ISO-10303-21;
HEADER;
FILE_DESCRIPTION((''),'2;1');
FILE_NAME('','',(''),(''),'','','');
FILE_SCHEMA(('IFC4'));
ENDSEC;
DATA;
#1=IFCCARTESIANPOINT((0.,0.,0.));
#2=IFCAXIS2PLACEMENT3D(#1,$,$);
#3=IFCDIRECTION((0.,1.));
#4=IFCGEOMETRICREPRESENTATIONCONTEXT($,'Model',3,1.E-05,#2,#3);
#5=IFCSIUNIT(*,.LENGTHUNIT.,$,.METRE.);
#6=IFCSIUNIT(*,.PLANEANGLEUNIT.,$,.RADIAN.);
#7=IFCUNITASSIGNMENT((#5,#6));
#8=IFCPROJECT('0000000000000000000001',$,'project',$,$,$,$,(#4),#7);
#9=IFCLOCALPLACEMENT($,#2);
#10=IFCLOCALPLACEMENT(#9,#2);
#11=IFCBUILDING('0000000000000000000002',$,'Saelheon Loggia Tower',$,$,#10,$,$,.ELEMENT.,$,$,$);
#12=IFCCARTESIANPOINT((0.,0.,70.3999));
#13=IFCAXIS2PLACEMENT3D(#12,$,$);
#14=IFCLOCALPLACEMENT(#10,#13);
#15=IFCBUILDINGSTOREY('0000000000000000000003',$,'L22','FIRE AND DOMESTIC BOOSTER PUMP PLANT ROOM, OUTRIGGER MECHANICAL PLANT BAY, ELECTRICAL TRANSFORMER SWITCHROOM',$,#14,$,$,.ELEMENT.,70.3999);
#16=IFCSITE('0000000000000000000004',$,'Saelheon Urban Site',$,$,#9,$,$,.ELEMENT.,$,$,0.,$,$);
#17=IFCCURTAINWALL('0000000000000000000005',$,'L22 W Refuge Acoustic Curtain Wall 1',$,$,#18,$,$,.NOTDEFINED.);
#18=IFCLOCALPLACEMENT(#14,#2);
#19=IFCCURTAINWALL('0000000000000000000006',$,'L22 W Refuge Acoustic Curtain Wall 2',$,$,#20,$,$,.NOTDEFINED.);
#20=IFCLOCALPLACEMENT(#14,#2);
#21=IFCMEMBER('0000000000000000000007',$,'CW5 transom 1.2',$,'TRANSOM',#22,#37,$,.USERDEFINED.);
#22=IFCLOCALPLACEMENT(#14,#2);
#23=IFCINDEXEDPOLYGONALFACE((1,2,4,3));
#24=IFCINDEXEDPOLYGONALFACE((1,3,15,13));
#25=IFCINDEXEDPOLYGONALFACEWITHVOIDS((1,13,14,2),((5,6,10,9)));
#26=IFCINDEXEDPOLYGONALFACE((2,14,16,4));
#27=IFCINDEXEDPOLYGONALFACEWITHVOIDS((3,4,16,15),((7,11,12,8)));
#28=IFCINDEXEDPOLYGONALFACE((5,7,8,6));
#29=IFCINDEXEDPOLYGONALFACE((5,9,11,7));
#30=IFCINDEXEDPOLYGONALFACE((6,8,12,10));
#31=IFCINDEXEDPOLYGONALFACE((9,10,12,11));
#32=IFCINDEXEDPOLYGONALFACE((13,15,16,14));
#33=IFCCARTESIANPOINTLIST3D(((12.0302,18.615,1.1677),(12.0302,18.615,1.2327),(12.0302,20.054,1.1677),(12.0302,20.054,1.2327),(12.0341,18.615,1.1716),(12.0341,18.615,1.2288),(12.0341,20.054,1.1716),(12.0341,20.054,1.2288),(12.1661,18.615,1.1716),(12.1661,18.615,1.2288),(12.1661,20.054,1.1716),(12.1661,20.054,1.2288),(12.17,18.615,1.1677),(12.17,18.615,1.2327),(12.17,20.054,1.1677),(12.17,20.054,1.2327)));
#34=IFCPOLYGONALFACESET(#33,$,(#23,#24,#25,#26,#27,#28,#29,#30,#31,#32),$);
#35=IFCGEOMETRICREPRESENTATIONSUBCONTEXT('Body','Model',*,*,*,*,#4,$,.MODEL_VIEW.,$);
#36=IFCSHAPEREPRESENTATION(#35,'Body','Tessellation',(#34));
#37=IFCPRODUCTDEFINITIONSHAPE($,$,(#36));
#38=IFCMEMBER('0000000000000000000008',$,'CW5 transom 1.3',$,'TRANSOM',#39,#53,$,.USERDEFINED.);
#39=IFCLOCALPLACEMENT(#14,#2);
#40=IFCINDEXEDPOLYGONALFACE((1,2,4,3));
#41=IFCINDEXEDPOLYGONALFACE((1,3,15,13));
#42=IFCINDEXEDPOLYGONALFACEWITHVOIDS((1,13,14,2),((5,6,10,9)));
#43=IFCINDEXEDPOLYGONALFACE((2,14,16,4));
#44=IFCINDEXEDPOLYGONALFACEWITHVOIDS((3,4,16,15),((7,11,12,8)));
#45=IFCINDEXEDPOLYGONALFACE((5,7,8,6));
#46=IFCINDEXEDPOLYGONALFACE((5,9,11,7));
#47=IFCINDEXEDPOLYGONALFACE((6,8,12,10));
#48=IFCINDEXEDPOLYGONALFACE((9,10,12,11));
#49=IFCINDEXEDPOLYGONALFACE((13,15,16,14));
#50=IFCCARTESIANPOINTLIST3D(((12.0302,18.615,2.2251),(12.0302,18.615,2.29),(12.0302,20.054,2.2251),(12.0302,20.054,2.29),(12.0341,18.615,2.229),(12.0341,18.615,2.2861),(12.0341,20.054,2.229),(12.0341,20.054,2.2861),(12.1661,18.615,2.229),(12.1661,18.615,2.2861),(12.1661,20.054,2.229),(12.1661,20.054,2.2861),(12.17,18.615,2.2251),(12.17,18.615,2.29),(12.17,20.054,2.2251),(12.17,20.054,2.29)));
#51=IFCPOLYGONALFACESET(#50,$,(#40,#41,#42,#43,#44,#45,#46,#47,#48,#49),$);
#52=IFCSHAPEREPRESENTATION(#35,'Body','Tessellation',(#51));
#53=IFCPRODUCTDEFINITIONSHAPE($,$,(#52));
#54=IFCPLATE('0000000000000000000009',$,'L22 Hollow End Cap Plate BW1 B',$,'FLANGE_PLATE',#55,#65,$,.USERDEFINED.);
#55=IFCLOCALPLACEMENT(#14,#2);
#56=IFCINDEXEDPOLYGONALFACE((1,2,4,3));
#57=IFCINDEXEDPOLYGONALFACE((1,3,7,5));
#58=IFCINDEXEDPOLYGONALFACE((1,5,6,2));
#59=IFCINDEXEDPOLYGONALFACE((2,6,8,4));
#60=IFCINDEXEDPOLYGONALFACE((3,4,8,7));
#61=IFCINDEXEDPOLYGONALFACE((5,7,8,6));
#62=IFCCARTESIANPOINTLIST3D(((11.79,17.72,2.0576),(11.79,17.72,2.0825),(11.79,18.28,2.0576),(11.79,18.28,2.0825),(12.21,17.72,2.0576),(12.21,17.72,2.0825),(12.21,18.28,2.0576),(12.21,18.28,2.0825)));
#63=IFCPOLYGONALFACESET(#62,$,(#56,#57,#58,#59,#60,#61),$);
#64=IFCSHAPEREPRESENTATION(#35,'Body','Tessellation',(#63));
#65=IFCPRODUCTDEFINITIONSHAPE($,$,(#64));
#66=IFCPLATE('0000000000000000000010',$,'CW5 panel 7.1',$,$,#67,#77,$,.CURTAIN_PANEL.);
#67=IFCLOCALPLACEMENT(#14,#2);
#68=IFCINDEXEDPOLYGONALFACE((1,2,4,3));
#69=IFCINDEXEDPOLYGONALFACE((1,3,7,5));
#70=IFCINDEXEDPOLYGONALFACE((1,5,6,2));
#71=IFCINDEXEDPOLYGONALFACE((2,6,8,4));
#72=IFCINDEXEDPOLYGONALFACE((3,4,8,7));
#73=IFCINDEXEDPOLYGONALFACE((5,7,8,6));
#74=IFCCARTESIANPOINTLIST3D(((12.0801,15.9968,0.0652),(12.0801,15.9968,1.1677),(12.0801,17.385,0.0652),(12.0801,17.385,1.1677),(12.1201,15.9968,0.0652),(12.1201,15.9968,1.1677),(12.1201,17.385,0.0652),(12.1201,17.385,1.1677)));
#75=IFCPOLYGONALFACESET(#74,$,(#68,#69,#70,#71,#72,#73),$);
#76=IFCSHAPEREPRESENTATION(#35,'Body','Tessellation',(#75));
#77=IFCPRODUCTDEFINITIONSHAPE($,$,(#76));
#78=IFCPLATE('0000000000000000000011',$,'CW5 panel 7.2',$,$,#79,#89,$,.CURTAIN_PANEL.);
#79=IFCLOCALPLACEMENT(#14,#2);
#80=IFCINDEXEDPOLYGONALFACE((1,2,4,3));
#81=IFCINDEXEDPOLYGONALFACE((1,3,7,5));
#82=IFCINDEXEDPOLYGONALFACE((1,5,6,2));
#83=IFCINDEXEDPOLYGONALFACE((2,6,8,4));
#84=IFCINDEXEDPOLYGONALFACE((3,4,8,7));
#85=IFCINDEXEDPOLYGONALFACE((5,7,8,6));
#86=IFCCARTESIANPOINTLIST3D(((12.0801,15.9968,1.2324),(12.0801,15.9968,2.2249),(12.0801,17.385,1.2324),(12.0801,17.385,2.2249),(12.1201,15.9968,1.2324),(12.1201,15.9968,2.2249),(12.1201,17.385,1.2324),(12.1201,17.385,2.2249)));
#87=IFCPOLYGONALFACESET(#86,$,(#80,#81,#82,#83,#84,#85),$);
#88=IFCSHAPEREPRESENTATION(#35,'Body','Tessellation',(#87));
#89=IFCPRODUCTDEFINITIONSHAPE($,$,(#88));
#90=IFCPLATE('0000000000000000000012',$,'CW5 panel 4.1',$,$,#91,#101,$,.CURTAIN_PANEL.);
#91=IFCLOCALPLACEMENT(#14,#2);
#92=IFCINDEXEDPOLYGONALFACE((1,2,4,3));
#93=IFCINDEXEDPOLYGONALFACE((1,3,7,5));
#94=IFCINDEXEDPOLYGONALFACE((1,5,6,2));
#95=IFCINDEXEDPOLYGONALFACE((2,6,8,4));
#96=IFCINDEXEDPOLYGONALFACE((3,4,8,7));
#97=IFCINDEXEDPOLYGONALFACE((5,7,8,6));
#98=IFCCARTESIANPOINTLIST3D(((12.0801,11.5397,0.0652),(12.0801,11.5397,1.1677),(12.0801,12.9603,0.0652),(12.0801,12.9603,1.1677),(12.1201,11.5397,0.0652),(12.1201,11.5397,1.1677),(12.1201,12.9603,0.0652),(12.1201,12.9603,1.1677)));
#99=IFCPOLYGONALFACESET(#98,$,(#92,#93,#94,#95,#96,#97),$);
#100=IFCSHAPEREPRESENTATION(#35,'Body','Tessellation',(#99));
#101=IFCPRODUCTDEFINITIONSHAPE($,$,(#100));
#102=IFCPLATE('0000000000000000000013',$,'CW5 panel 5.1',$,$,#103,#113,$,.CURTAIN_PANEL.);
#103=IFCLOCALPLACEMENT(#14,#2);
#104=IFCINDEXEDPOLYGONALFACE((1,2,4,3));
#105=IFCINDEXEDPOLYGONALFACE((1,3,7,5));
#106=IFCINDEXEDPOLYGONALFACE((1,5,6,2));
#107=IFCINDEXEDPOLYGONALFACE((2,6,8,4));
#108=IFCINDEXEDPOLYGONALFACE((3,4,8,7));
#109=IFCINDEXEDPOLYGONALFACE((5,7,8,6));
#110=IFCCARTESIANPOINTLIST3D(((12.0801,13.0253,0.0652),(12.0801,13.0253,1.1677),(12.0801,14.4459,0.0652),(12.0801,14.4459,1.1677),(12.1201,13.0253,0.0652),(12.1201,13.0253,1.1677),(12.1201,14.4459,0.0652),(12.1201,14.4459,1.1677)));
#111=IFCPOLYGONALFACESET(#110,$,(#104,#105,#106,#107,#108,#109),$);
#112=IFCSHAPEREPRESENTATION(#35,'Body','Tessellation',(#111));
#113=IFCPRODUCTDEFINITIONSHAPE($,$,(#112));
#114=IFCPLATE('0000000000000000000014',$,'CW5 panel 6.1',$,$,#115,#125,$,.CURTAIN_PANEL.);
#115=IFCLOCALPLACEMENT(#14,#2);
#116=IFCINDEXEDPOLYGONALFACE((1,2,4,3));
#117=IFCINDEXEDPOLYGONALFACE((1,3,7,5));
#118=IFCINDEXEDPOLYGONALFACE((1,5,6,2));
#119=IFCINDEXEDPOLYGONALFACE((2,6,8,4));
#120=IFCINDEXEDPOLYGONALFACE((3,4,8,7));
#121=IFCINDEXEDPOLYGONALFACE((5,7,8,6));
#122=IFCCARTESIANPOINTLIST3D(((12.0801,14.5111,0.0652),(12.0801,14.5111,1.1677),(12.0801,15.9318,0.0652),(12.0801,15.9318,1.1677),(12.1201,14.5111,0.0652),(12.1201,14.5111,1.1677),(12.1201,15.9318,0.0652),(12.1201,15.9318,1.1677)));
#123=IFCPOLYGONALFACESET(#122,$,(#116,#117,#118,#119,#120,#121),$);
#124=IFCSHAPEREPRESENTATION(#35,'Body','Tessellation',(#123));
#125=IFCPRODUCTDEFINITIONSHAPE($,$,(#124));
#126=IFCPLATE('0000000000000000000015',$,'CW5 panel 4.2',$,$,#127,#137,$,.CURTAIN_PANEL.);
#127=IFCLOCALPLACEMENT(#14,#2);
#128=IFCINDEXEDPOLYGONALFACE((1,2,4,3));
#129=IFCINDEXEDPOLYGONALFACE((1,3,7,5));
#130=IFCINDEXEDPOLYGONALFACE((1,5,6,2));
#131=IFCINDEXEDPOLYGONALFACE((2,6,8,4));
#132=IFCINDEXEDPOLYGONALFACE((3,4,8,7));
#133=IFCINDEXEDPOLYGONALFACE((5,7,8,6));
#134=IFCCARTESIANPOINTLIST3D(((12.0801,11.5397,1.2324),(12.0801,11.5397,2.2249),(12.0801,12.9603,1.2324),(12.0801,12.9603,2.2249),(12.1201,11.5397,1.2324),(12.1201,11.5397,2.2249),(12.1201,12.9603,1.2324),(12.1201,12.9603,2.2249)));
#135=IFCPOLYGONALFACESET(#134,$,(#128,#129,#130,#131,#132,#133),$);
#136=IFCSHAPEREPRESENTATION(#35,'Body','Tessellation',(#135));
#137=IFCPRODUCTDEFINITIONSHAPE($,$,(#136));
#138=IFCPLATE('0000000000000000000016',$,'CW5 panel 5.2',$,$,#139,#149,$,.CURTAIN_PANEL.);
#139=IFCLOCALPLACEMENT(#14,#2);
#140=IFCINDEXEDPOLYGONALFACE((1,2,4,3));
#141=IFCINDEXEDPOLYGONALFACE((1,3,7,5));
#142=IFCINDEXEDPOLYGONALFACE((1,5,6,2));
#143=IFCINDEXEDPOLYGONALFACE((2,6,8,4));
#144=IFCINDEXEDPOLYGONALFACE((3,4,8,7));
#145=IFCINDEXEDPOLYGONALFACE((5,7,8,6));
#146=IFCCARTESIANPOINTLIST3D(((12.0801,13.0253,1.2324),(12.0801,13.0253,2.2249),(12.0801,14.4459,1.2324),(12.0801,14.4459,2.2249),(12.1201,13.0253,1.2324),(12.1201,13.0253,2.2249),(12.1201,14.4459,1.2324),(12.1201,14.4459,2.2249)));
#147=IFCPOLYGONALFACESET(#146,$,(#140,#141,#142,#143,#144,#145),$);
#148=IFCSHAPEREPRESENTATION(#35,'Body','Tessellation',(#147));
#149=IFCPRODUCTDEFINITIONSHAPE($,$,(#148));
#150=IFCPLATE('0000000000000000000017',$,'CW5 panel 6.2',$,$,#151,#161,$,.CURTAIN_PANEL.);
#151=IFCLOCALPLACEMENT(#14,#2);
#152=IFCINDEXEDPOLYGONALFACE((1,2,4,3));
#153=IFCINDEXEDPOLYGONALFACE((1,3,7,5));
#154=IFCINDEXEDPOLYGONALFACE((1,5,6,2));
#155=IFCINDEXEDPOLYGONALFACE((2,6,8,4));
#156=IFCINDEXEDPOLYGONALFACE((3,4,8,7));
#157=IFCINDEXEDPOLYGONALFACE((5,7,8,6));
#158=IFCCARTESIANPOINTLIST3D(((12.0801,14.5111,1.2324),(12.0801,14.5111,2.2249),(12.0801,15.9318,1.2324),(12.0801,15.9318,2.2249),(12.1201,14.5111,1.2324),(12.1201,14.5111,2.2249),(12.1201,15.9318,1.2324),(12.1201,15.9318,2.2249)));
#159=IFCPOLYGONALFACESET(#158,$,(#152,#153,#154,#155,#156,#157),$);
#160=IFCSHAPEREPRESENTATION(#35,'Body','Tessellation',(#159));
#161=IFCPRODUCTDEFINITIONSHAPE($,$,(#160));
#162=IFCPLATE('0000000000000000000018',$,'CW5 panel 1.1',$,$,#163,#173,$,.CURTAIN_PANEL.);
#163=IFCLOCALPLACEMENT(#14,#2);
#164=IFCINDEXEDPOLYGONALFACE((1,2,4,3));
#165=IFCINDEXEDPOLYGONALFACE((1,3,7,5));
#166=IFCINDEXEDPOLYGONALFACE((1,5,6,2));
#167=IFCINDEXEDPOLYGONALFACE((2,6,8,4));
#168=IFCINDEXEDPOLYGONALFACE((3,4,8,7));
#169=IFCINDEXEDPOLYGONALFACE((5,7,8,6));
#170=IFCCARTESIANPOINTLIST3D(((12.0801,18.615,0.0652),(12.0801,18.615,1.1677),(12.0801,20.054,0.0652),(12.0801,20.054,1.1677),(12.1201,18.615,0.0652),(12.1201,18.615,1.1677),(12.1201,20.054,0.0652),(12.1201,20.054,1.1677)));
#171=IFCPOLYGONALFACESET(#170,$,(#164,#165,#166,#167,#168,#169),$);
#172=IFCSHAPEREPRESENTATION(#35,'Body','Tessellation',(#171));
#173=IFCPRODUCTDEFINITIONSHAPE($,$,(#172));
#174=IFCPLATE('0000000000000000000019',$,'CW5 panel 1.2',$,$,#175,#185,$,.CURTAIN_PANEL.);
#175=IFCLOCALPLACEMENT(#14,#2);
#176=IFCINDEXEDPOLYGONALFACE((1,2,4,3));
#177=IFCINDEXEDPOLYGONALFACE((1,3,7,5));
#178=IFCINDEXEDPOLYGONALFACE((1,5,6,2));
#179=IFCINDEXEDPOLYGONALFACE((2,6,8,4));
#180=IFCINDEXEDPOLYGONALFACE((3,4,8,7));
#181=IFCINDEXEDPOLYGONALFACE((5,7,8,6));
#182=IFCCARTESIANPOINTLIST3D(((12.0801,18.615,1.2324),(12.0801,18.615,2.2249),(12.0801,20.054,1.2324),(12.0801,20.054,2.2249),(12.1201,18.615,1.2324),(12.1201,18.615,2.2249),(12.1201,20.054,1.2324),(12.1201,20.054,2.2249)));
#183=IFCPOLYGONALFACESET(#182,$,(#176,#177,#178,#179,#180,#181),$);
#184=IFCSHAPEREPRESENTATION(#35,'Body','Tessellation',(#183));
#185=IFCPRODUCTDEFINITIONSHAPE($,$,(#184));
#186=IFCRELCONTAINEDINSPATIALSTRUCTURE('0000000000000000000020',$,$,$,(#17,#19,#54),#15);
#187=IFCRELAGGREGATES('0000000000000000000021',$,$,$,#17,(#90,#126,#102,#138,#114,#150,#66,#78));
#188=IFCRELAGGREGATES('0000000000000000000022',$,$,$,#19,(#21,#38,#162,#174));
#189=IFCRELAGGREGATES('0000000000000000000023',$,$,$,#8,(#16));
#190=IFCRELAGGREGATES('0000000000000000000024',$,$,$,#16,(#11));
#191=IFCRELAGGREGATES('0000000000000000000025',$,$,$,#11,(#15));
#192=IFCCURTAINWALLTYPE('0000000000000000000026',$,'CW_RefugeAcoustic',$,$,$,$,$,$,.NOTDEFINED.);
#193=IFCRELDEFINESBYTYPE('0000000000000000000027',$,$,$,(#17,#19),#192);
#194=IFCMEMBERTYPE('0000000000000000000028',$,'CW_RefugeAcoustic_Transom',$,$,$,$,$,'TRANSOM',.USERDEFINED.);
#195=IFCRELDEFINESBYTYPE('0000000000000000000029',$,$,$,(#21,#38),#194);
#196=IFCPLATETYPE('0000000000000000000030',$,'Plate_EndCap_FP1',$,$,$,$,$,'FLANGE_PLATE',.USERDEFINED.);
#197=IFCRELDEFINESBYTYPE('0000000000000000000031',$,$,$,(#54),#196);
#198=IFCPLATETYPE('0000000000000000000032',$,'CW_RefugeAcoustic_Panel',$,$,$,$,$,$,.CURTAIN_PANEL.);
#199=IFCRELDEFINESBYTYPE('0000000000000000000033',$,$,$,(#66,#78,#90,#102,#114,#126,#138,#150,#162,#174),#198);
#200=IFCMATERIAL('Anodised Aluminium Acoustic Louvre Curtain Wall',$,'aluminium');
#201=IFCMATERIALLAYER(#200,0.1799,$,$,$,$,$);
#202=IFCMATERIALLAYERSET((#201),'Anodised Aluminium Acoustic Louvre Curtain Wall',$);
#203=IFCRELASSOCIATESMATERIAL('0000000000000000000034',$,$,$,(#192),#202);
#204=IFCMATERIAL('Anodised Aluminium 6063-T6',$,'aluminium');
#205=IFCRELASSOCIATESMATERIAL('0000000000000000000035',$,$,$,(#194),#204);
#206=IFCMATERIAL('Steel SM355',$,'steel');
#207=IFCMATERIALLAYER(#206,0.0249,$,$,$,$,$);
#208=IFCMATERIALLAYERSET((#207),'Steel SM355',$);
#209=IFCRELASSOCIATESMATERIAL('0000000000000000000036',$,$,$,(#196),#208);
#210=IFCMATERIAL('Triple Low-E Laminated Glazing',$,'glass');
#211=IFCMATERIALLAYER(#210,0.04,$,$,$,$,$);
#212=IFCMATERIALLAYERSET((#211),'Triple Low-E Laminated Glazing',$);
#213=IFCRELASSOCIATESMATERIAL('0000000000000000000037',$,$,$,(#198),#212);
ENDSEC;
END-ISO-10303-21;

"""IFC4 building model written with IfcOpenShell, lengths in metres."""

from ifc_helpers import new_model, si_unit, direction, frame, origin, origin_2d, place, context, subcontext, project, spatial, rectangle, hollow_rectangle, extrude, source, transform, mapped, material, layer, layer_set, material_profile, profile_set, type_object, element, aggregate, save


model = new_model("IFC4")

# Units and contexts
model_context = context("Model", 3, precision=1e-05, world=origin(), true_north=direction((0.0, 1.0)))
body_context = subcontext(model_context, "Body", "Model", "MODEL_VIEW")
ifc_project = project(units=[si_unit("LENGTHUNIT", "METRE"), si_unit("PLANEANGLEUNIT", "RADIAN")], contexts=[model_context])

# Site, building, storey
site_placement = place(None, origin())
site = spatial("IfcSite", under=ifc_project, at=site_placement, Name="Saelheon Urban Site", CompositionType="ELEMENT", RefElevation=0.0)
building_placement = place(site_placement, origin())
building = spatial("IfcBuilding", under=site, at=building_placement, Name="Saelheon Loggia Tower", CompositionType="ELEMENT")
storey_placement = place(building_placement, frame((0.0, 0.0, 70.3999)))
storey = spatial("IfcBuildingStorey", under=building, at=storey_placement, Name="L22", Description="FIRE AND DOMESTIC BOOSTER PUMP PLANT ROOM, OUTRIGGER MECHANICAL PLANT BAY, ELECTRICAL TRANSFORMER SWITCHROOM", CompositionType="ELEMENT", Elevation=70.3999)

# Curtain wall
ifc_material_1 = material(Name="Anodised Aluminium Acoustic Louvre Curtain Wall", Category="aluminium")
ifc_layer_1 = layer(ifc_material_1, 0.1799)
ifc_layer_set_1 = layer_set([ifc_layer_1], Name="Anodised Aluminium Acoustic Louvre Curtain Wall")
curtain_wall_type = type_object("IfcCurtainWallType", Name="CW_RefugeAcoustic", PredefinedType="NOTDEFINED", material=ifc_layer_set_1)
curtain_wall_1_placement = place(storey_placement, origin())
curtain_wall_1 = element("IfcCurtainWall", 1, at=curtain_wall_1_placement, inside=storey, type_object=curtain_wall_type, Name="L22 W Refuge Acoustic Curtain Wall 1", PredefinedType="NOTDEFINED")
ifc_material_2 = material(Name="Anodised Aluminium 6063-T6", Category="aluminium")

# Curtain wall
curtain_wall_2_placement = place(storey_placement, origin())
curtain_wall_2 = element("IfcCurtainWall", 2, at=curtain_wall_2_placement, inside=storey, type_object=curtain_wall_type, Name="L22 W Refuge Acoustic Curtain Wall 2", PredefinedType="NOTDEFINED")

# Members
ifc_material_profile_1 = material_profile(ifc_material_2, hollow_rectangle(XDim=0.0649, YDim=0.1399, WallThickness=0.0039, at=origin_2d()), Name="RHS-140x65x4")
ifc_profile_set_1 = profile_set([ifc_material_profile_1], Name="Anodised Aluminium 6063-T6")
member_type_1 = type_object("IfcMemberType", Name="CW_RefugeAcoustic_Transom", ElementType="TRANSOM", PredefinedType="USERDEFINED", material=ifc_profile_set_1)
shared_shape_1 = source(origin(), body_context, "Body", "SweptSolid", [
    extrude(hollow_rectangle(XDim=0.0649, YDim=0.1399, WallThickness=0.0039, at=origin_2d()), origin(), (0.0, 0.0, 1.0), 1.439),
])
member_1_placement = place(storey_placement, frame((12.1001, 18.615, 1.2002), z_axis=(0.0, 1.0, 0.0), x_axis=(0.0, 0.0, 1.0)))
member_1 = element("IfcMember", 3, at=member_1_placement, type_object=member_type_1, Name="CW5 transom 1.2", ObjectType="TRANSOM", PredefinedType="USERDEFINED", context=body_context, shape_type="MappedRepresentation", body=[
    mapped(shared_shape_1, transform((0.0, 0.0, 0.0), scale=1.0)),
])
member_2_placement = place(storey_placement, frame((12.1001, 18.615, 2.2576), z_axis=(0.0, 1.0, 0.0), x_axis=(0.0, 0.0, 1.0)))
member_2 = element("IfcMember", 4, at=member_2_placement, type_object=member_type_1, Name="CW5 transom 1.3", ObjectType="TRANSOM", PredefinedType="USERDEFINED", context=body_context, shape_type="MappedRepresentation", body=[
    mapped(shared_shape_1, transform((0.0, 0.0, 0.0), scale=1.0)),
])

# Plates
ifc_material_3 = material(Name="Steel SM355", Category="steel")
ifc_layer_2 = layer(ifc_material_3, 0.0249)
ifc_layer_set_2 = layer_set([ifc_layer_2], Name="Steel SM355")
plate_type_1 = type_object("IfcPlateType", Name="Plate_EndCap_FP1", ElementType="FLANGE_PLATE", PredefinedType="USERDEFINED", material=ifc_layer_set_2)
shared_shape_2 = source(origin(), body_context, "Body", "SweptSolid", [
    extrude(rectangle(XDim=0.5601, YDim=0.4199, at=origin_2d()), origin(), (0.0, 0.0, 1.0), 0.0249),
])
plate_1_placement = place(storey_placement, frame((12.0, 18.0, 2.0576), z_axis=(0.0, 0.0, 1.0), x_axis=(0.0, 1.0, 0.0)))
element("IfcPlate", 5, at=plate_1_placement, inside=storey, type_object=plate_type_1, Name="L22 Hollow End Cap Plate BW1 B", ObjectType="FLANGE_PLATE", PredefinedType="USERDEFINED", context=body_context, shape_type="MappedRepresentation", body=[
    mapped(shared_shape_2, transform((0.0, 0.0, 0.0), scale=1.0)),
])
ifc_material_4 = material(Name="Triple Low-E Laminated Glazing", Category="glass")
ifc_layer_3 = layer(ifc_material_4, 0.04)
ifc_layer_set_3 = layer_set([ifc_layer_3], Name="Triple Low-E Laminated Glazing")
plate_type_2 = type_object("IfcPlateType", Name="CW_RefugeAcoustic_Panel", PredefinedType="CURTAIN_PANEL", material=ifc_layer_set_3)
shared_shape_3 = source(origin(), body_context, "Body", "SweptSolid", [
    extrude(rectangle(XDim=1.3882, YDim=0.04, at=origin_2d()), origin(), (0.0, 0.0, 1.0), 1.1025),
])
plate_2_placement = place(storey_placement, frame((12.1001, 16.6909, 0.0652), z_axis=(0.0, 0.0, 1.0), x_axis=(0.0, 1.0, 0.0)))
plate_2 = element("IfcPlate", 6, at=plate_2_placement, type_object=plate_type_2, Name="CW5 panel 7.1", PredefinedType="CURTAIN_PANEL", context=body_context, shape_type="MappedRepresentation", body=[
    mapped(shared_shape_3, transform((0.0, 0.0, 0.0), scale=1.0)),
])
shared_shape_4 = source(origin(), body_context, "Body", "SweptSolid", [
    extrude(rectangle(XDim=1.3882, YDim=0.04, at=origin_2d()), origin(), (0.0, 0.0, 1.0), 0.9924),
])
plate_3_placement = place(storey_placement, frame((12.1001, 16.6909, 1.2324), z_axis=(0.0, 0.0, 1.0), x_axis=(0.0, 1.0, 0.0)))
plate_3 = element("IfcPlate", 7, at=plate_3_placement, type_object=plate_type_2, Name="CW5 panel 7.2", PredefinedType="CURTAIN_PANEL", context=body_context, shape_type="MappedRepresentation", body=[
    mapped(shared_shape_4, transform((0.0, 0.0, 0.0), scale=1.0)),
])
shared_shape_5 = source(origin(), body_context, "Body", "SweptSolid", [
    extrude(rectangle(XDim=1.4207, YDim=0.04, at=origin_2d()), origin(), (0.0, 0.0, 1.0), 1.1025),
])
plate_4_placement = place(storey_placement, frame((12.1001, 12.25, 0.0652), z_axis=(0.0, 0.0, 1.0), x_axis=(0.0, 1.0, 0.0)))
plate_4 = element("IfcPlate", 8, at=plate_4_placement, type_object=plate_type_2, Name="CW5 panel 4.1", PredefinedType="CURTAIN_PANEL", context=body_context, shape_type="MappedRepresentation", body=[
    mapped(shared_shape_5, transform((0.0, 0.0, 0.0), scale=1.0)),
])
plate_5_placement = place(storey_placement, frame((12.1001, 13.7356, 0.0652), z_axis=(0.0, 0.0, 1.0), x_axis=(0.0, 1.0, 0.0)))
plate_5 = element("IfcPlate", 9, at=plate_5_placement, type_object=plate_type_2, Name="CW5 panel 5.1", PredefinedType="CURTAIN_PANEL", context=body_context, shape_type="MappedRepresentation", body=[
    mapped(shared_shape_5, transform((0.0, 0.0, 0.0), scale=1.0)),
])
plate_6_placement = place(storey_placement, frame((12.1001, 15.2214, 0.0652), z_axis=(0.0, 0.0, 1.0), x_axis=(0.0, 1.0, 0.0)))
plate_6 = element("IfcPlate", 10, at=plate_6_placement, type_object=plate_type_2, Name="CW5 panel 6.1", PredefinedType="CURTAIN_PANEL", context=body_context, shape_type="MappedRepresentation", body=[
    mapped(shared_shape_5, transform((0.0, 0.0, 0.0), scale=1.0)),
])
shared_shape_6 = source(origin(), body_context, "Body", "SweptSolid", [
    extrude(rectangle(XDim=1.4207, YDim=0.04, at=origin_2d()), origin(), (0.0, 0.0, 1.0), 0.9924),
])
plate_7_placement = place(storey_placement, frame((12.1001, 12.25, 1.2324), z_axis=(0.0, 0.0, 1.0), x_axis=(0.0, 1.0, 0.0)))
plate_7 = element("IfcPlate", 11, at=plate_7_placement, type_object=plate_type_2, Name="CW5 panel 4.2", PredefinedType="CURTAIN_PANEL", context=body_context, shape_type="MappedRepresentation", body=[
    mapped(shared_shape_6, transform((0.0, 0.0, 0.0), scale=1.0)),
])
plate_8_placement = place(storey_placement, frame((12.1001, 13.7356, 1.2324), z_axis=(0.0, 0.0, 1.0), x_axis=(0.0, 1.0, 0.0)))
plate_8 = element("IfcPlate", 12, at=plate_8_placement, type_object=plate_type_2, Name="CW5 panel 5.2", PredefinedType="CURTAIN_PANEL", context=body_context, shape_type="MappedRepresentation", body=[
    mapped(shared_shape_6, transform((0.0, 0.0, 0.0), scale=1.0)),
])
plate_9_placement = place(storey_placement, frame((12.1001, 15.2214, 1.2324), z_axis=(0.0, 0.0, 1.0), x_axis=(0.0, 1.0, 0.0)))
plate_9 = element("IfcPlate", 13, at=plate_9_placement, type_object=plate_type_2, Name="CW5 panel 6.2", PredefinedType="CURTAIN_PANEL", context=body_context, shape_type="MappedRepresentation", body=[
    mapped(shared_shape_6, transform((0.0, 0.0, 0.0), scale=1.0)),
])
aggregate(curtain_wall_1, [plate_4, plate_7, plate_5, plate_8, plate_6, plate_9, plate_2, plate_3])
shared_shape_7 = source(origin(), body_context, "Body", "SweptSolid", [
    extrude(rectangle(XDim=1.439, YDim=0.04, at=origin_2d()), origin(), (0.0, 0.0, 1.0), 1.1025),
])
plate_10_placement = place(storey_placement, frame((12.1001, 19.3345, 0.0652), z_axis=(0.0, 0.0, 1.0), x_axis=(0.0, 1.0, 0.0)))
plate_10 = element("IfcPlate", 14, at=plate_10_placement, type_object=plate_type_2, Name="CW5 panel 1.1", PredefinedType="CURTAIN_PANEL", context=body_context, shape_type="MappedRepresentation", body=[
    mapped(shared_shape_7, transform((0.0, 0.0, 0.0), scale=1.0)),
])
shared_shape_8 = source(origin(), body_context, "Body", "SweptSolid", [
    extrude(rectangle(XDim=1.439, YDim=0.04, at=origin_2d()), origin(), (0.0, 0.0, 1.0), 0.9924),
])
plate_11_placement = place(storey_placement, frame((12.1001, 19.3345, 1.2324), z_axis=(0.0, 0.0, 1.0), x_axis=(0.0, 1.0, 0.0)))
plate_11 = element("IfcPlate", 15, at=plate_11_placement, type_object=plate_type_2, Name="CW5 panel 1.2", PredefinedType="CURTAIN_PANEL", context=body_context, shape_type="MappedRepresentation", body=[
    mapped(shared_shape_8, transform((0.0, 0.0, 0.0), scale=1.0)),
])
aggregate(curtain_wall_2, [member_1, member_2, plate_10, plate_11])

save(model, "model.ifc")
